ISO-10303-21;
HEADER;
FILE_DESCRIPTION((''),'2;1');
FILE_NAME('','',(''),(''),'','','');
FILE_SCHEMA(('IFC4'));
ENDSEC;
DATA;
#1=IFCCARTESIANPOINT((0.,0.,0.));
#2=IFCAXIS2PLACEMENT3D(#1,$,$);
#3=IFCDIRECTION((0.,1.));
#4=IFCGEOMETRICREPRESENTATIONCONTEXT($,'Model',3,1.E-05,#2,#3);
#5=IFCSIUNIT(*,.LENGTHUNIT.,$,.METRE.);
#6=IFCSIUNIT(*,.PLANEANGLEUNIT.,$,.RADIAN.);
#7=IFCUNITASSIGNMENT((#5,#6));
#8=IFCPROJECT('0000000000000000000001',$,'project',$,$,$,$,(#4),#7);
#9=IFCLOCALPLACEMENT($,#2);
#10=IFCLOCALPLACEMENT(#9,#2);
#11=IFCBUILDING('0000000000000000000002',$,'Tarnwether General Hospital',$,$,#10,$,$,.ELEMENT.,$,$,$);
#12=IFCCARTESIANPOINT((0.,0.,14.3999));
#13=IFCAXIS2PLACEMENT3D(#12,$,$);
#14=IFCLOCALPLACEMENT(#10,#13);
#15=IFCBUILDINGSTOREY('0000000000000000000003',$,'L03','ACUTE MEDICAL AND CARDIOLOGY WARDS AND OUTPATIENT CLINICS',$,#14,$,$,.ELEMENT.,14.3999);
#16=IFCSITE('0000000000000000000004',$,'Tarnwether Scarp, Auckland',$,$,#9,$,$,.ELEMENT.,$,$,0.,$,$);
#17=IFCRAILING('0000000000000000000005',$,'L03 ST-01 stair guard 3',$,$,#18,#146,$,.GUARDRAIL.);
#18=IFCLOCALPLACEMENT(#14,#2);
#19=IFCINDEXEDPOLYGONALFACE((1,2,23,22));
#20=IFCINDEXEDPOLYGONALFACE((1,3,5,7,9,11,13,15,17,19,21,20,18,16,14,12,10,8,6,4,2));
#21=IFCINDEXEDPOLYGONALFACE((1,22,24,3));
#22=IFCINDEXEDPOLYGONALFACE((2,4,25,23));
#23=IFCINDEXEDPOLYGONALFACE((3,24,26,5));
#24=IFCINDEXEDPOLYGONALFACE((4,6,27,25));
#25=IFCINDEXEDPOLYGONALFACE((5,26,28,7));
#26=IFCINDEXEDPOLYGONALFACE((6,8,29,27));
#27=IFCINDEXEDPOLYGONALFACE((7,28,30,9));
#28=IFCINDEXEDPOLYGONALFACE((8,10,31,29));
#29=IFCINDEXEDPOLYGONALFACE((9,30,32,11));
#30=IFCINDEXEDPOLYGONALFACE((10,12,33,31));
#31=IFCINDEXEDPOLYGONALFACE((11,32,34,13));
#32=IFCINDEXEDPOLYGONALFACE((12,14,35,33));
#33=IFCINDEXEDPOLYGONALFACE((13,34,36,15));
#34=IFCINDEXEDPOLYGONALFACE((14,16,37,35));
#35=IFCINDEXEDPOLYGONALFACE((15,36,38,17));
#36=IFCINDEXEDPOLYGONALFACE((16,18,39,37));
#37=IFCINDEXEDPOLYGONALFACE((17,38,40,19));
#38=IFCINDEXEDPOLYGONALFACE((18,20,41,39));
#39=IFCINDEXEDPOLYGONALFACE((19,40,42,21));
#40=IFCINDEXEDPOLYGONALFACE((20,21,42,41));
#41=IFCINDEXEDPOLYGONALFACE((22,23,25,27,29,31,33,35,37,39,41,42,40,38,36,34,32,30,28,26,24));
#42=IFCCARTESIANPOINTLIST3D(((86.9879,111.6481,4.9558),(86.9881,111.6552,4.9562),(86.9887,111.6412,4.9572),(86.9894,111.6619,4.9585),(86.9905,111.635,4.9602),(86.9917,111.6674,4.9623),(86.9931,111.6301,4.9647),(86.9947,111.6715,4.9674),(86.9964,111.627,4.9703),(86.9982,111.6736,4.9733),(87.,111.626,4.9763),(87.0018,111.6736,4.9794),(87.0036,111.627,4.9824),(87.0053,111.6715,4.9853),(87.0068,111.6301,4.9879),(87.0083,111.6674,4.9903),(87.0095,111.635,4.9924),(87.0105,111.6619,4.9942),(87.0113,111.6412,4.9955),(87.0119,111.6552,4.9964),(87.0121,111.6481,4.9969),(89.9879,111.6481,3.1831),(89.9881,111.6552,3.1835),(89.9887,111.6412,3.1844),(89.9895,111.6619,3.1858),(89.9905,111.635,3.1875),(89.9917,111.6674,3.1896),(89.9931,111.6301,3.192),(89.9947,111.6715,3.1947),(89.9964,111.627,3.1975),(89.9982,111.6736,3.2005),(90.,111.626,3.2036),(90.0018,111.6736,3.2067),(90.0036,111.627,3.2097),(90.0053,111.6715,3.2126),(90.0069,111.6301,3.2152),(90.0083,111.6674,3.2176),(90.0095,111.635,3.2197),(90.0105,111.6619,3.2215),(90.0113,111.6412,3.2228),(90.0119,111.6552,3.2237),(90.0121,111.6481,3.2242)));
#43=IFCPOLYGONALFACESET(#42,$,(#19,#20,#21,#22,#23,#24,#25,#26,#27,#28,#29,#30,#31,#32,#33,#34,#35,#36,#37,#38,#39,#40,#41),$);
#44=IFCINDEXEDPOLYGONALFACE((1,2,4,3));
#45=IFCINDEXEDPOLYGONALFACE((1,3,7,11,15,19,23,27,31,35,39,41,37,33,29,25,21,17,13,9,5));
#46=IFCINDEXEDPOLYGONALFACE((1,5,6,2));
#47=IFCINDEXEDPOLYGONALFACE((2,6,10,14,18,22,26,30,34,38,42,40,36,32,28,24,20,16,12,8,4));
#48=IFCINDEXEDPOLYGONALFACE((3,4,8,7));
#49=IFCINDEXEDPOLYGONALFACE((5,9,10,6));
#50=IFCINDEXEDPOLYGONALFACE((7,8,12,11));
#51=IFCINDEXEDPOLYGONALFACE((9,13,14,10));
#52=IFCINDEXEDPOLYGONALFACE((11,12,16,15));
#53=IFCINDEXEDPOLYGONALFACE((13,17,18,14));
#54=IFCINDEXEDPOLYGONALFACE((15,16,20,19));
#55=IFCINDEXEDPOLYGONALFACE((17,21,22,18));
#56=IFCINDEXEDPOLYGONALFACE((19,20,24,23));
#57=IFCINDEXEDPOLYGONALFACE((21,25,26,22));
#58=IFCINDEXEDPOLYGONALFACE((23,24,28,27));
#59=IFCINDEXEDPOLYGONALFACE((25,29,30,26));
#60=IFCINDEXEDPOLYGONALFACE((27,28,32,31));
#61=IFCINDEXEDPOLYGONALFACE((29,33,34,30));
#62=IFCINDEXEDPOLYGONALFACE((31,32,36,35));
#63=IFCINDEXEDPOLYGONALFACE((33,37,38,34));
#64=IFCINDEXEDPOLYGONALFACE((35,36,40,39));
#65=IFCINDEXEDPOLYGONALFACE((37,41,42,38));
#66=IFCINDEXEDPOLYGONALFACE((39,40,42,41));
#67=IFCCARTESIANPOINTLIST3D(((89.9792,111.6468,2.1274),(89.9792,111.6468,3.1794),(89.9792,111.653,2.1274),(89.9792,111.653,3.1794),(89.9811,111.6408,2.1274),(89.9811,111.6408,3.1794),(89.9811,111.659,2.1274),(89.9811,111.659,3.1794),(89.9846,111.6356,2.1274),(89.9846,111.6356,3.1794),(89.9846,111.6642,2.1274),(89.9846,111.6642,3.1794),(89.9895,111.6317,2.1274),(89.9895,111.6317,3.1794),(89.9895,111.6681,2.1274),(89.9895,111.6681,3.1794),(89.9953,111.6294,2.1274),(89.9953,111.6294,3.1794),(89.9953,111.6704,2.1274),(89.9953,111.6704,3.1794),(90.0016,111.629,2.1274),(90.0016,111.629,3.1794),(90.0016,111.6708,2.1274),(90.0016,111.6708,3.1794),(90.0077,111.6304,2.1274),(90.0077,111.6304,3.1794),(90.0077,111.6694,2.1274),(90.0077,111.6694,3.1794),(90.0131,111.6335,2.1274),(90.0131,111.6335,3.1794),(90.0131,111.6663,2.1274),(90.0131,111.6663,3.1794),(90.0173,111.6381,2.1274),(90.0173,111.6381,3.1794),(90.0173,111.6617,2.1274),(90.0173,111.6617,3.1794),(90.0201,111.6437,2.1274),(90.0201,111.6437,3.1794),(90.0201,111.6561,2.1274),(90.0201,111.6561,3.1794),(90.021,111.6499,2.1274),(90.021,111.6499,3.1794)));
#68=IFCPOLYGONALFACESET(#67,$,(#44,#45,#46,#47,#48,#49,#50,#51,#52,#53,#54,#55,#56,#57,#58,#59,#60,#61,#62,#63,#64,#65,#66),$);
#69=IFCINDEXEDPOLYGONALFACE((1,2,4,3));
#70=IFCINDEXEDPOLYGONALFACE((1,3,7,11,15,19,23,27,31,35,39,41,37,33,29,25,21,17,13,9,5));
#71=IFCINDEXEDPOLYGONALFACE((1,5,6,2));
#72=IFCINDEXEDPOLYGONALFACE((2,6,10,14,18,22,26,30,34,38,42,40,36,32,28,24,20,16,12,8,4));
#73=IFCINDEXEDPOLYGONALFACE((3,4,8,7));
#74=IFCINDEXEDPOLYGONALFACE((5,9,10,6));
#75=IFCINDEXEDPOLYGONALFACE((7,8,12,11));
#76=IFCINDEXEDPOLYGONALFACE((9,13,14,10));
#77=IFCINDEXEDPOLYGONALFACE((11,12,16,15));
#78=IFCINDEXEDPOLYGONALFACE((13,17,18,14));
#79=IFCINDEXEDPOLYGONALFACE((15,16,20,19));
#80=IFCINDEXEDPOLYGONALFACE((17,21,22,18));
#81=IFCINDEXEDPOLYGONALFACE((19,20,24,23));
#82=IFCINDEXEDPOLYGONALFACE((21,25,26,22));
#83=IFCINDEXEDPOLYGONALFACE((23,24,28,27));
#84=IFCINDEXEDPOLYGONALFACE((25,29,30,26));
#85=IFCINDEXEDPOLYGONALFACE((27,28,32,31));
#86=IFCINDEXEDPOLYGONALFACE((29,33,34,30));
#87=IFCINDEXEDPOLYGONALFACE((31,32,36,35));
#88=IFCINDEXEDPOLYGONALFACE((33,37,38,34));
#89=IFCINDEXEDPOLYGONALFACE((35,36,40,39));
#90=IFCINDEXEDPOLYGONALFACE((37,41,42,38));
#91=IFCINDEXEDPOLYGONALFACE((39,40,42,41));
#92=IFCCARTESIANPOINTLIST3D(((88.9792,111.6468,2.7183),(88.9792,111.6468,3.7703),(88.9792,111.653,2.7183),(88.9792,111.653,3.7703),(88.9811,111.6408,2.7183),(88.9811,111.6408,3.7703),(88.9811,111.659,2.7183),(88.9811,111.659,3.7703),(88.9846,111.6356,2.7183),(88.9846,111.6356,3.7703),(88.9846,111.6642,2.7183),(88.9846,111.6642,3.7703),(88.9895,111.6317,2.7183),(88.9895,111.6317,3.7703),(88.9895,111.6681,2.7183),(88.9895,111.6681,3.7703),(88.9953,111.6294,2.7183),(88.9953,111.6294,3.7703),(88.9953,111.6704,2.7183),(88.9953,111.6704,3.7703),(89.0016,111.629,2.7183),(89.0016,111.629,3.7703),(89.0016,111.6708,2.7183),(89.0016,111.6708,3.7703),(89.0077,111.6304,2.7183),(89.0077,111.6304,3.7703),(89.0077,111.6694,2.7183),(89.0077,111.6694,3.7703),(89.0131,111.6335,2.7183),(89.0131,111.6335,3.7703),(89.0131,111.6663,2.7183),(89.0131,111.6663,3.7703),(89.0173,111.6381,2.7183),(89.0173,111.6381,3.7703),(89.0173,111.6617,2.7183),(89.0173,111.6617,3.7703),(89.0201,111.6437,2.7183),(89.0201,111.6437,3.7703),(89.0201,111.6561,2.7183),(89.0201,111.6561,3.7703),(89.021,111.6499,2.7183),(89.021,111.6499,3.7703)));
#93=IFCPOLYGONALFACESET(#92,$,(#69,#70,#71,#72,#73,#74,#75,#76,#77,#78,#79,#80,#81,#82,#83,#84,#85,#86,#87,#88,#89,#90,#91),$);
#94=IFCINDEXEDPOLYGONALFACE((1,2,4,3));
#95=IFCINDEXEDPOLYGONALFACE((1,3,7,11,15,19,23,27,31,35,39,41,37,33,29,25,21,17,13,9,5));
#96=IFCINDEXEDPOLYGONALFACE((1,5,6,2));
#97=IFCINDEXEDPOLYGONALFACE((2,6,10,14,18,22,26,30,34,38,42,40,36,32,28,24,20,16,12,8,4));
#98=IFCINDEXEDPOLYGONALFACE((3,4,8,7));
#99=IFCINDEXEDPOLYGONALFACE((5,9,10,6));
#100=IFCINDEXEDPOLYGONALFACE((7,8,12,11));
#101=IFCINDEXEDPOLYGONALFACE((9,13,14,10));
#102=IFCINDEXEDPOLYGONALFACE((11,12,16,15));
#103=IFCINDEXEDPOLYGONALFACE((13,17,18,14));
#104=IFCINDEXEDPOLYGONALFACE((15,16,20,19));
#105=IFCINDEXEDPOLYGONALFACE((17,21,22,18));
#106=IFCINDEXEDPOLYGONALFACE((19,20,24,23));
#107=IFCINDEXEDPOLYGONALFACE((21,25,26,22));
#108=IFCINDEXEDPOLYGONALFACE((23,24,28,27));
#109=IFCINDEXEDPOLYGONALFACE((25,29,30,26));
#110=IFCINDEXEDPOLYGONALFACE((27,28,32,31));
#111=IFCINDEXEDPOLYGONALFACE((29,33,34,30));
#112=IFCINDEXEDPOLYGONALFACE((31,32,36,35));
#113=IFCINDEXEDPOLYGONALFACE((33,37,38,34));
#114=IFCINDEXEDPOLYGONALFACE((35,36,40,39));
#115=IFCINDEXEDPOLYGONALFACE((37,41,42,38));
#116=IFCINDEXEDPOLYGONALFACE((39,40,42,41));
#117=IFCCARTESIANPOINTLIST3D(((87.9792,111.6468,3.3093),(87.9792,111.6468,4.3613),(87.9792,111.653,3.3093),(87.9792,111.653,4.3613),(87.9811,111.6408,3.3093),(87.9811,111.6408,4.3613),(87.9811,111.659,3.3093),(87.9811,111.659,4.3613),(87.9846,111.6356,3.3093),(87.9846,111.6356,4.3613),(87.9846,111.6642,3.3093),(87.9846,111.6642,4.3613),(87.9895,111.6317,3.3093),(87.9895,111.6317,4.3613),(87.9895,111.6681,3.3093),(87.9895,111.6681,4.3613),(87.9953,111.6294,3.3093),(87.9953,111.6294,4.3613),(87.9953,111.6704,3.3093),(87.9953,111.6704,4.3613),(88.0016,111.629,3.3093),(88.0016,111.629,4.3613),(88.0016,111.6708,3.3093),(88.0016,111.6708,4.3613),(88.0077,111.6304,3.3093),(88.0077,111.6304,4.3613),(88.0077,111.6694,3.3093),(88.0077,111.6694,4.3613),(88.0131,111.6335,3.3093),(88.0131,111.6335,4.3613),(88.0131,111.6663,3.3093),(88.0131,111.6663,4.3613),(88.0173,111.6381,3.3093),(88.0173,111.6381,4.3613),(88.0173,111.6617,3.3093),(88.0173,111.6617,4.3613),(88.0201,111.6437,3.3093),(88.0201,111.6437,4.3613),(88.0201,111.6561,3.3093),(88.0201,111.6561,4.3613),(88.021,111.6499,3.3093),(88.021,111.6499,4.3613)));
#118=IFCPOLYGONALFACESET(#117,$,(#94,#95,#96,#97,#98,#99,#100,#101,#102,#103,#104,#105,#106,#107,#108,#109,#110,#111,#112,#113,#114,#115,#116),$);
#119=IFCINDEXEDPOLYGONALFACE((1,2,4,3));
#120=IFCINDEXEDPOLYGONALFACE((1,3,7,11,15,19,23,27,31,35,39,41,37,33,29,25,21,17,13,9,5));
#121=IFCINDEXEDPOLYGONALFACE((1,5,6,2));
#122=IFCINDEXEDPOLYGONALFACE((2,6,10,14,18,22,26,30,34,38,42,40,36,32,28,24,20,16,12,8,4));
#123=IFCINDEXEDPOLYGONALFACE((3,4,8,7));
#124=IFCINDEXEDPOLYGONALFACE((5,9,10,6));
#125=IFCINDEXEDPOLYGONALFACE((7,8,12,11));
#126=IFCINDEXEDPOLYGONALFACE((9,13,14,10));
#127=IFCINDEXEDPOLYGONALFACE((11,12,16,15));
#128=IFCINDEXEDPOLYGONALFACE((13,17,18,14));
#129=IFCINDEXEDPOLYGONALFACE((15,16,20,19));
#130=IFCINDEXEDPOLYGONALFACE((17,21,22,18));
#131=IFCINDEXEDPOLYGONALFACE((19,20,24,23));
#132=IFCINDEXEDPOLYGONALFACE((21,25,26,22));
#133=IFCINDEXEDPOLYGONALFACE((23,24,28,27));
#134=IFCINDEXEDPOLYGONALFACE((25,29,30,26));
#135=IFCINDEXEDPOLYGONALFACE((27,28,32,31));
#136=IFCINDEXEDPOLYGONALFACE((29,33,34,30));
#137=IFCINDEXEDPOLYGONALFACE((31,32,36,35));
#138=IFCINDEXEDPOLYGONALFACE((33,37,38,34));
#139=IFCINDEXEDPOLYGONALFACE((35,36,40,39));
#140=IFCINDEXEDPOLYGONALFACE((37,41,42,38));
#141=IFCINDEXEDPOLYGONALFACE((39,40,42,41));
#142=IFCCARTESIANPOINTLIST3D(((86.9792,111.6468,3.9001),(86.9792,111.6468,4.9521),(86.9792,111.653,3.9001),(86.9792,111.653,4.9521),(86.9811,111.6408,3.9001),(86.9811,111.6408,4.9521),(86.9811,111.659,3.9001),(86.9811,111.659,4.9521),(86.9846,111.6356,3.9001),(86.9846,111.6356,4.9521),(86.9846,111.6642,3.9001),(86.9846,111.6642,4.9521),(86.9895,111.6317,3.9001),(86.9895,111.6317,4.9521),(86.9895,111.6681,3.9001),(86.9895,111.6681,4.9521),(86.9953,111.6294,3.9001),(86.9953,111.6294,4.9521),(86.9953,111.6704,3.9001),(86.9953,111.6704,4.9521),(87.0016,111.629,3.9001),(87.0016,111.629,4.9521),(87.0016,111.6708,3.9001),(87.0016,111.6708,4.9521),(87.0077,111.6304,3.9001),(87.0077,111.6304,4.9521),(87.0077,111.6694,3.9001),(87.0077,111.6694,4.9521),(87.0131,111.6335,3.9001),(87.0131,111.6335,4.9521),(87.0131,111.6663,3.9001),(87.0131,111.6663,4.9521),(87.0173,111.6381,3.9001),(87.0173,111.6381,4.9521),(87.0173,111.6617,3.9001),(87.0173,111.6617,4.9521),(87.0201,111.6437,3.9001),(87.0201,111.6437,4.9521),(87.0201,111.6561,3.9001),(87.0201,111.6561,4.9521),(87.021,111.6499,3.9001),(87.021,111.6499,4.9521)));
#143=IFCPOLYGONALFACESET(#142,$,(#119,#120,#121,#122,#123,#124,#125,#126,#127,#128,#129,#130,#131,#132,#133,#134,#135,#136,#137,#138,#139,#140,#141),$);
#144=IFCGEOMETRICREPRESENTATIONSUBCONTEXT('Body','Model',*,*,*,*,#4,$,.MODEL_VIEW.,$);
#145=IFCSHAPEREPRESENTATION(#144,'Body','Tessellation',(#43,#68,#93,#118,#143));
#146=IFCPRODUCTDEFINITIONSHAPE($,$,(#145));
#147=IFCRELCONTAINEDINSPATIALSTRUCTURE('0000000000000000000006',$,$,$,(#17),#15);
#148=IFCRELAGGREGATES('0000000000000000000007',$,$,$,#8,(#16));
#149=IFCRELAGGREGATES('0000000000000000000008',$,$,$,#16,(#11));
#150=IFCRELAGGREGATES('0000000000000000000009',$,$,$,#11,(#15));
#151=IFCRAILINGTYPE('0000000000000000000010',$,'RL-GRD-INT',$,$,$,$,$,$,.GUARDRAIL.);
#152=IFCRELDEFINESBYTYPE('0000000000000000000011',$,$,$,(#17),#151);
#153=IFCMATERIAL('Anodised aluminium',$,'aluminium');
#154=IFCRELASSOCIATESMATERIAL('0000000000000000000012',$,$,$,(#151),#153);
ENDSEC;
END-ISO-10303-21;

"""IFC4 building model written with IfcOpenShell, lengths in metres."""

from ifc_helpers import new_model, si_unit, direction, frame, origin, origin_2d, place, context, subcontext, project, spatial, circle, extrude, material, type_object, element, save


model = new_model("IFC4")

# Units and contexts
model_context = context("Model", 3, precision=1e-05, world=origin(), true_north=direction((0.0, 1.0)))
body_context = subcontext(model_context, "Body", "Model", "MODEL_VIEW")
ifc_project = project(units=[si_unit("LENGTHUNIT", "METRE"), si_unit("PLANEANGLEUNIT", "RADIAN")], contexts=[model_context])

# Site, building, storey
site_placement = place(None, origin())
site = spatial("IfcSite", under=ifc_project, at=site_placement, Name="Tarnwether Scarp, Auckland", CompositionType="ELEMENT", RefElevation=0.0)
building_placement = place(site_placement, origin())
building = spatial("IfcBuilding", under=site, at=building_placement, Name="Tarnwether General Hospital", CompositionType="ELEMENT")
storey_placement = place(building_placement, frame((0.0, 0.0, 14.3999)))
storey = spatial("IfcBuildingStorey", under=building, at=storey_placement, Name="L03", Description="ACUTE MEDICAL AND CARDIOLOGY WARDS AND OUTPATIENT CLINICS", CompositionType="ELEMENT", Elevation=14.3999)

# Railing
ifc_material_1 = material(Name="Anodised aluminium", Category="aluminium")
railing_type_1 = type_object("IfcRailingType", Name="RL-GRD-INT", PredefinedType="GUARDRAIL", material=ifc_material_1)
railing_1_placement = place(storey_placement, frame((90.0, 111.6499, 2.1274)))
element("IfcRailing", 1, at=railing_1_placement, inside=storey, type_object=railing_type_1, Name="L03 ST-01 stair guard 3", PredefinedType="GUARDRAIL", context=body_context, shape_type="SweptSolid", body=[
    extrude(circle(Radius=0.0239, at=origin_2d()), frame((0.0, 0.0, 1.0762), z_axis=(-0.860929, 0.0, 0.508725), x_axis=(0.0, -1.0, 0.0)), (0.0, 0.0, 1.0), 3.4846),
    extrude(circle(Radius=0.021, at=origin_2d()), origin(), (0.0, 0.0, 1.0), 1.052),
    extrude(circle(Radius=0.021, at=origin_2d()), frame((-1.0, 0.0, 0.5908)), (0.0, 0.0, 1.0), 1.052),
    extrude(circle(Radius=0.021, at=origin_2d()), frame((-2.0, 0.0, 1.1819)), (0.0, 0.0, 1.0), 1.052),
    extrude(circle(Radius=0.021, at=origin_2d()), frame((-3.0, 0.0, 1.7727)), (0.0, 0.0, 1.0), 1.052),
])

save(model, "model.ifc")
